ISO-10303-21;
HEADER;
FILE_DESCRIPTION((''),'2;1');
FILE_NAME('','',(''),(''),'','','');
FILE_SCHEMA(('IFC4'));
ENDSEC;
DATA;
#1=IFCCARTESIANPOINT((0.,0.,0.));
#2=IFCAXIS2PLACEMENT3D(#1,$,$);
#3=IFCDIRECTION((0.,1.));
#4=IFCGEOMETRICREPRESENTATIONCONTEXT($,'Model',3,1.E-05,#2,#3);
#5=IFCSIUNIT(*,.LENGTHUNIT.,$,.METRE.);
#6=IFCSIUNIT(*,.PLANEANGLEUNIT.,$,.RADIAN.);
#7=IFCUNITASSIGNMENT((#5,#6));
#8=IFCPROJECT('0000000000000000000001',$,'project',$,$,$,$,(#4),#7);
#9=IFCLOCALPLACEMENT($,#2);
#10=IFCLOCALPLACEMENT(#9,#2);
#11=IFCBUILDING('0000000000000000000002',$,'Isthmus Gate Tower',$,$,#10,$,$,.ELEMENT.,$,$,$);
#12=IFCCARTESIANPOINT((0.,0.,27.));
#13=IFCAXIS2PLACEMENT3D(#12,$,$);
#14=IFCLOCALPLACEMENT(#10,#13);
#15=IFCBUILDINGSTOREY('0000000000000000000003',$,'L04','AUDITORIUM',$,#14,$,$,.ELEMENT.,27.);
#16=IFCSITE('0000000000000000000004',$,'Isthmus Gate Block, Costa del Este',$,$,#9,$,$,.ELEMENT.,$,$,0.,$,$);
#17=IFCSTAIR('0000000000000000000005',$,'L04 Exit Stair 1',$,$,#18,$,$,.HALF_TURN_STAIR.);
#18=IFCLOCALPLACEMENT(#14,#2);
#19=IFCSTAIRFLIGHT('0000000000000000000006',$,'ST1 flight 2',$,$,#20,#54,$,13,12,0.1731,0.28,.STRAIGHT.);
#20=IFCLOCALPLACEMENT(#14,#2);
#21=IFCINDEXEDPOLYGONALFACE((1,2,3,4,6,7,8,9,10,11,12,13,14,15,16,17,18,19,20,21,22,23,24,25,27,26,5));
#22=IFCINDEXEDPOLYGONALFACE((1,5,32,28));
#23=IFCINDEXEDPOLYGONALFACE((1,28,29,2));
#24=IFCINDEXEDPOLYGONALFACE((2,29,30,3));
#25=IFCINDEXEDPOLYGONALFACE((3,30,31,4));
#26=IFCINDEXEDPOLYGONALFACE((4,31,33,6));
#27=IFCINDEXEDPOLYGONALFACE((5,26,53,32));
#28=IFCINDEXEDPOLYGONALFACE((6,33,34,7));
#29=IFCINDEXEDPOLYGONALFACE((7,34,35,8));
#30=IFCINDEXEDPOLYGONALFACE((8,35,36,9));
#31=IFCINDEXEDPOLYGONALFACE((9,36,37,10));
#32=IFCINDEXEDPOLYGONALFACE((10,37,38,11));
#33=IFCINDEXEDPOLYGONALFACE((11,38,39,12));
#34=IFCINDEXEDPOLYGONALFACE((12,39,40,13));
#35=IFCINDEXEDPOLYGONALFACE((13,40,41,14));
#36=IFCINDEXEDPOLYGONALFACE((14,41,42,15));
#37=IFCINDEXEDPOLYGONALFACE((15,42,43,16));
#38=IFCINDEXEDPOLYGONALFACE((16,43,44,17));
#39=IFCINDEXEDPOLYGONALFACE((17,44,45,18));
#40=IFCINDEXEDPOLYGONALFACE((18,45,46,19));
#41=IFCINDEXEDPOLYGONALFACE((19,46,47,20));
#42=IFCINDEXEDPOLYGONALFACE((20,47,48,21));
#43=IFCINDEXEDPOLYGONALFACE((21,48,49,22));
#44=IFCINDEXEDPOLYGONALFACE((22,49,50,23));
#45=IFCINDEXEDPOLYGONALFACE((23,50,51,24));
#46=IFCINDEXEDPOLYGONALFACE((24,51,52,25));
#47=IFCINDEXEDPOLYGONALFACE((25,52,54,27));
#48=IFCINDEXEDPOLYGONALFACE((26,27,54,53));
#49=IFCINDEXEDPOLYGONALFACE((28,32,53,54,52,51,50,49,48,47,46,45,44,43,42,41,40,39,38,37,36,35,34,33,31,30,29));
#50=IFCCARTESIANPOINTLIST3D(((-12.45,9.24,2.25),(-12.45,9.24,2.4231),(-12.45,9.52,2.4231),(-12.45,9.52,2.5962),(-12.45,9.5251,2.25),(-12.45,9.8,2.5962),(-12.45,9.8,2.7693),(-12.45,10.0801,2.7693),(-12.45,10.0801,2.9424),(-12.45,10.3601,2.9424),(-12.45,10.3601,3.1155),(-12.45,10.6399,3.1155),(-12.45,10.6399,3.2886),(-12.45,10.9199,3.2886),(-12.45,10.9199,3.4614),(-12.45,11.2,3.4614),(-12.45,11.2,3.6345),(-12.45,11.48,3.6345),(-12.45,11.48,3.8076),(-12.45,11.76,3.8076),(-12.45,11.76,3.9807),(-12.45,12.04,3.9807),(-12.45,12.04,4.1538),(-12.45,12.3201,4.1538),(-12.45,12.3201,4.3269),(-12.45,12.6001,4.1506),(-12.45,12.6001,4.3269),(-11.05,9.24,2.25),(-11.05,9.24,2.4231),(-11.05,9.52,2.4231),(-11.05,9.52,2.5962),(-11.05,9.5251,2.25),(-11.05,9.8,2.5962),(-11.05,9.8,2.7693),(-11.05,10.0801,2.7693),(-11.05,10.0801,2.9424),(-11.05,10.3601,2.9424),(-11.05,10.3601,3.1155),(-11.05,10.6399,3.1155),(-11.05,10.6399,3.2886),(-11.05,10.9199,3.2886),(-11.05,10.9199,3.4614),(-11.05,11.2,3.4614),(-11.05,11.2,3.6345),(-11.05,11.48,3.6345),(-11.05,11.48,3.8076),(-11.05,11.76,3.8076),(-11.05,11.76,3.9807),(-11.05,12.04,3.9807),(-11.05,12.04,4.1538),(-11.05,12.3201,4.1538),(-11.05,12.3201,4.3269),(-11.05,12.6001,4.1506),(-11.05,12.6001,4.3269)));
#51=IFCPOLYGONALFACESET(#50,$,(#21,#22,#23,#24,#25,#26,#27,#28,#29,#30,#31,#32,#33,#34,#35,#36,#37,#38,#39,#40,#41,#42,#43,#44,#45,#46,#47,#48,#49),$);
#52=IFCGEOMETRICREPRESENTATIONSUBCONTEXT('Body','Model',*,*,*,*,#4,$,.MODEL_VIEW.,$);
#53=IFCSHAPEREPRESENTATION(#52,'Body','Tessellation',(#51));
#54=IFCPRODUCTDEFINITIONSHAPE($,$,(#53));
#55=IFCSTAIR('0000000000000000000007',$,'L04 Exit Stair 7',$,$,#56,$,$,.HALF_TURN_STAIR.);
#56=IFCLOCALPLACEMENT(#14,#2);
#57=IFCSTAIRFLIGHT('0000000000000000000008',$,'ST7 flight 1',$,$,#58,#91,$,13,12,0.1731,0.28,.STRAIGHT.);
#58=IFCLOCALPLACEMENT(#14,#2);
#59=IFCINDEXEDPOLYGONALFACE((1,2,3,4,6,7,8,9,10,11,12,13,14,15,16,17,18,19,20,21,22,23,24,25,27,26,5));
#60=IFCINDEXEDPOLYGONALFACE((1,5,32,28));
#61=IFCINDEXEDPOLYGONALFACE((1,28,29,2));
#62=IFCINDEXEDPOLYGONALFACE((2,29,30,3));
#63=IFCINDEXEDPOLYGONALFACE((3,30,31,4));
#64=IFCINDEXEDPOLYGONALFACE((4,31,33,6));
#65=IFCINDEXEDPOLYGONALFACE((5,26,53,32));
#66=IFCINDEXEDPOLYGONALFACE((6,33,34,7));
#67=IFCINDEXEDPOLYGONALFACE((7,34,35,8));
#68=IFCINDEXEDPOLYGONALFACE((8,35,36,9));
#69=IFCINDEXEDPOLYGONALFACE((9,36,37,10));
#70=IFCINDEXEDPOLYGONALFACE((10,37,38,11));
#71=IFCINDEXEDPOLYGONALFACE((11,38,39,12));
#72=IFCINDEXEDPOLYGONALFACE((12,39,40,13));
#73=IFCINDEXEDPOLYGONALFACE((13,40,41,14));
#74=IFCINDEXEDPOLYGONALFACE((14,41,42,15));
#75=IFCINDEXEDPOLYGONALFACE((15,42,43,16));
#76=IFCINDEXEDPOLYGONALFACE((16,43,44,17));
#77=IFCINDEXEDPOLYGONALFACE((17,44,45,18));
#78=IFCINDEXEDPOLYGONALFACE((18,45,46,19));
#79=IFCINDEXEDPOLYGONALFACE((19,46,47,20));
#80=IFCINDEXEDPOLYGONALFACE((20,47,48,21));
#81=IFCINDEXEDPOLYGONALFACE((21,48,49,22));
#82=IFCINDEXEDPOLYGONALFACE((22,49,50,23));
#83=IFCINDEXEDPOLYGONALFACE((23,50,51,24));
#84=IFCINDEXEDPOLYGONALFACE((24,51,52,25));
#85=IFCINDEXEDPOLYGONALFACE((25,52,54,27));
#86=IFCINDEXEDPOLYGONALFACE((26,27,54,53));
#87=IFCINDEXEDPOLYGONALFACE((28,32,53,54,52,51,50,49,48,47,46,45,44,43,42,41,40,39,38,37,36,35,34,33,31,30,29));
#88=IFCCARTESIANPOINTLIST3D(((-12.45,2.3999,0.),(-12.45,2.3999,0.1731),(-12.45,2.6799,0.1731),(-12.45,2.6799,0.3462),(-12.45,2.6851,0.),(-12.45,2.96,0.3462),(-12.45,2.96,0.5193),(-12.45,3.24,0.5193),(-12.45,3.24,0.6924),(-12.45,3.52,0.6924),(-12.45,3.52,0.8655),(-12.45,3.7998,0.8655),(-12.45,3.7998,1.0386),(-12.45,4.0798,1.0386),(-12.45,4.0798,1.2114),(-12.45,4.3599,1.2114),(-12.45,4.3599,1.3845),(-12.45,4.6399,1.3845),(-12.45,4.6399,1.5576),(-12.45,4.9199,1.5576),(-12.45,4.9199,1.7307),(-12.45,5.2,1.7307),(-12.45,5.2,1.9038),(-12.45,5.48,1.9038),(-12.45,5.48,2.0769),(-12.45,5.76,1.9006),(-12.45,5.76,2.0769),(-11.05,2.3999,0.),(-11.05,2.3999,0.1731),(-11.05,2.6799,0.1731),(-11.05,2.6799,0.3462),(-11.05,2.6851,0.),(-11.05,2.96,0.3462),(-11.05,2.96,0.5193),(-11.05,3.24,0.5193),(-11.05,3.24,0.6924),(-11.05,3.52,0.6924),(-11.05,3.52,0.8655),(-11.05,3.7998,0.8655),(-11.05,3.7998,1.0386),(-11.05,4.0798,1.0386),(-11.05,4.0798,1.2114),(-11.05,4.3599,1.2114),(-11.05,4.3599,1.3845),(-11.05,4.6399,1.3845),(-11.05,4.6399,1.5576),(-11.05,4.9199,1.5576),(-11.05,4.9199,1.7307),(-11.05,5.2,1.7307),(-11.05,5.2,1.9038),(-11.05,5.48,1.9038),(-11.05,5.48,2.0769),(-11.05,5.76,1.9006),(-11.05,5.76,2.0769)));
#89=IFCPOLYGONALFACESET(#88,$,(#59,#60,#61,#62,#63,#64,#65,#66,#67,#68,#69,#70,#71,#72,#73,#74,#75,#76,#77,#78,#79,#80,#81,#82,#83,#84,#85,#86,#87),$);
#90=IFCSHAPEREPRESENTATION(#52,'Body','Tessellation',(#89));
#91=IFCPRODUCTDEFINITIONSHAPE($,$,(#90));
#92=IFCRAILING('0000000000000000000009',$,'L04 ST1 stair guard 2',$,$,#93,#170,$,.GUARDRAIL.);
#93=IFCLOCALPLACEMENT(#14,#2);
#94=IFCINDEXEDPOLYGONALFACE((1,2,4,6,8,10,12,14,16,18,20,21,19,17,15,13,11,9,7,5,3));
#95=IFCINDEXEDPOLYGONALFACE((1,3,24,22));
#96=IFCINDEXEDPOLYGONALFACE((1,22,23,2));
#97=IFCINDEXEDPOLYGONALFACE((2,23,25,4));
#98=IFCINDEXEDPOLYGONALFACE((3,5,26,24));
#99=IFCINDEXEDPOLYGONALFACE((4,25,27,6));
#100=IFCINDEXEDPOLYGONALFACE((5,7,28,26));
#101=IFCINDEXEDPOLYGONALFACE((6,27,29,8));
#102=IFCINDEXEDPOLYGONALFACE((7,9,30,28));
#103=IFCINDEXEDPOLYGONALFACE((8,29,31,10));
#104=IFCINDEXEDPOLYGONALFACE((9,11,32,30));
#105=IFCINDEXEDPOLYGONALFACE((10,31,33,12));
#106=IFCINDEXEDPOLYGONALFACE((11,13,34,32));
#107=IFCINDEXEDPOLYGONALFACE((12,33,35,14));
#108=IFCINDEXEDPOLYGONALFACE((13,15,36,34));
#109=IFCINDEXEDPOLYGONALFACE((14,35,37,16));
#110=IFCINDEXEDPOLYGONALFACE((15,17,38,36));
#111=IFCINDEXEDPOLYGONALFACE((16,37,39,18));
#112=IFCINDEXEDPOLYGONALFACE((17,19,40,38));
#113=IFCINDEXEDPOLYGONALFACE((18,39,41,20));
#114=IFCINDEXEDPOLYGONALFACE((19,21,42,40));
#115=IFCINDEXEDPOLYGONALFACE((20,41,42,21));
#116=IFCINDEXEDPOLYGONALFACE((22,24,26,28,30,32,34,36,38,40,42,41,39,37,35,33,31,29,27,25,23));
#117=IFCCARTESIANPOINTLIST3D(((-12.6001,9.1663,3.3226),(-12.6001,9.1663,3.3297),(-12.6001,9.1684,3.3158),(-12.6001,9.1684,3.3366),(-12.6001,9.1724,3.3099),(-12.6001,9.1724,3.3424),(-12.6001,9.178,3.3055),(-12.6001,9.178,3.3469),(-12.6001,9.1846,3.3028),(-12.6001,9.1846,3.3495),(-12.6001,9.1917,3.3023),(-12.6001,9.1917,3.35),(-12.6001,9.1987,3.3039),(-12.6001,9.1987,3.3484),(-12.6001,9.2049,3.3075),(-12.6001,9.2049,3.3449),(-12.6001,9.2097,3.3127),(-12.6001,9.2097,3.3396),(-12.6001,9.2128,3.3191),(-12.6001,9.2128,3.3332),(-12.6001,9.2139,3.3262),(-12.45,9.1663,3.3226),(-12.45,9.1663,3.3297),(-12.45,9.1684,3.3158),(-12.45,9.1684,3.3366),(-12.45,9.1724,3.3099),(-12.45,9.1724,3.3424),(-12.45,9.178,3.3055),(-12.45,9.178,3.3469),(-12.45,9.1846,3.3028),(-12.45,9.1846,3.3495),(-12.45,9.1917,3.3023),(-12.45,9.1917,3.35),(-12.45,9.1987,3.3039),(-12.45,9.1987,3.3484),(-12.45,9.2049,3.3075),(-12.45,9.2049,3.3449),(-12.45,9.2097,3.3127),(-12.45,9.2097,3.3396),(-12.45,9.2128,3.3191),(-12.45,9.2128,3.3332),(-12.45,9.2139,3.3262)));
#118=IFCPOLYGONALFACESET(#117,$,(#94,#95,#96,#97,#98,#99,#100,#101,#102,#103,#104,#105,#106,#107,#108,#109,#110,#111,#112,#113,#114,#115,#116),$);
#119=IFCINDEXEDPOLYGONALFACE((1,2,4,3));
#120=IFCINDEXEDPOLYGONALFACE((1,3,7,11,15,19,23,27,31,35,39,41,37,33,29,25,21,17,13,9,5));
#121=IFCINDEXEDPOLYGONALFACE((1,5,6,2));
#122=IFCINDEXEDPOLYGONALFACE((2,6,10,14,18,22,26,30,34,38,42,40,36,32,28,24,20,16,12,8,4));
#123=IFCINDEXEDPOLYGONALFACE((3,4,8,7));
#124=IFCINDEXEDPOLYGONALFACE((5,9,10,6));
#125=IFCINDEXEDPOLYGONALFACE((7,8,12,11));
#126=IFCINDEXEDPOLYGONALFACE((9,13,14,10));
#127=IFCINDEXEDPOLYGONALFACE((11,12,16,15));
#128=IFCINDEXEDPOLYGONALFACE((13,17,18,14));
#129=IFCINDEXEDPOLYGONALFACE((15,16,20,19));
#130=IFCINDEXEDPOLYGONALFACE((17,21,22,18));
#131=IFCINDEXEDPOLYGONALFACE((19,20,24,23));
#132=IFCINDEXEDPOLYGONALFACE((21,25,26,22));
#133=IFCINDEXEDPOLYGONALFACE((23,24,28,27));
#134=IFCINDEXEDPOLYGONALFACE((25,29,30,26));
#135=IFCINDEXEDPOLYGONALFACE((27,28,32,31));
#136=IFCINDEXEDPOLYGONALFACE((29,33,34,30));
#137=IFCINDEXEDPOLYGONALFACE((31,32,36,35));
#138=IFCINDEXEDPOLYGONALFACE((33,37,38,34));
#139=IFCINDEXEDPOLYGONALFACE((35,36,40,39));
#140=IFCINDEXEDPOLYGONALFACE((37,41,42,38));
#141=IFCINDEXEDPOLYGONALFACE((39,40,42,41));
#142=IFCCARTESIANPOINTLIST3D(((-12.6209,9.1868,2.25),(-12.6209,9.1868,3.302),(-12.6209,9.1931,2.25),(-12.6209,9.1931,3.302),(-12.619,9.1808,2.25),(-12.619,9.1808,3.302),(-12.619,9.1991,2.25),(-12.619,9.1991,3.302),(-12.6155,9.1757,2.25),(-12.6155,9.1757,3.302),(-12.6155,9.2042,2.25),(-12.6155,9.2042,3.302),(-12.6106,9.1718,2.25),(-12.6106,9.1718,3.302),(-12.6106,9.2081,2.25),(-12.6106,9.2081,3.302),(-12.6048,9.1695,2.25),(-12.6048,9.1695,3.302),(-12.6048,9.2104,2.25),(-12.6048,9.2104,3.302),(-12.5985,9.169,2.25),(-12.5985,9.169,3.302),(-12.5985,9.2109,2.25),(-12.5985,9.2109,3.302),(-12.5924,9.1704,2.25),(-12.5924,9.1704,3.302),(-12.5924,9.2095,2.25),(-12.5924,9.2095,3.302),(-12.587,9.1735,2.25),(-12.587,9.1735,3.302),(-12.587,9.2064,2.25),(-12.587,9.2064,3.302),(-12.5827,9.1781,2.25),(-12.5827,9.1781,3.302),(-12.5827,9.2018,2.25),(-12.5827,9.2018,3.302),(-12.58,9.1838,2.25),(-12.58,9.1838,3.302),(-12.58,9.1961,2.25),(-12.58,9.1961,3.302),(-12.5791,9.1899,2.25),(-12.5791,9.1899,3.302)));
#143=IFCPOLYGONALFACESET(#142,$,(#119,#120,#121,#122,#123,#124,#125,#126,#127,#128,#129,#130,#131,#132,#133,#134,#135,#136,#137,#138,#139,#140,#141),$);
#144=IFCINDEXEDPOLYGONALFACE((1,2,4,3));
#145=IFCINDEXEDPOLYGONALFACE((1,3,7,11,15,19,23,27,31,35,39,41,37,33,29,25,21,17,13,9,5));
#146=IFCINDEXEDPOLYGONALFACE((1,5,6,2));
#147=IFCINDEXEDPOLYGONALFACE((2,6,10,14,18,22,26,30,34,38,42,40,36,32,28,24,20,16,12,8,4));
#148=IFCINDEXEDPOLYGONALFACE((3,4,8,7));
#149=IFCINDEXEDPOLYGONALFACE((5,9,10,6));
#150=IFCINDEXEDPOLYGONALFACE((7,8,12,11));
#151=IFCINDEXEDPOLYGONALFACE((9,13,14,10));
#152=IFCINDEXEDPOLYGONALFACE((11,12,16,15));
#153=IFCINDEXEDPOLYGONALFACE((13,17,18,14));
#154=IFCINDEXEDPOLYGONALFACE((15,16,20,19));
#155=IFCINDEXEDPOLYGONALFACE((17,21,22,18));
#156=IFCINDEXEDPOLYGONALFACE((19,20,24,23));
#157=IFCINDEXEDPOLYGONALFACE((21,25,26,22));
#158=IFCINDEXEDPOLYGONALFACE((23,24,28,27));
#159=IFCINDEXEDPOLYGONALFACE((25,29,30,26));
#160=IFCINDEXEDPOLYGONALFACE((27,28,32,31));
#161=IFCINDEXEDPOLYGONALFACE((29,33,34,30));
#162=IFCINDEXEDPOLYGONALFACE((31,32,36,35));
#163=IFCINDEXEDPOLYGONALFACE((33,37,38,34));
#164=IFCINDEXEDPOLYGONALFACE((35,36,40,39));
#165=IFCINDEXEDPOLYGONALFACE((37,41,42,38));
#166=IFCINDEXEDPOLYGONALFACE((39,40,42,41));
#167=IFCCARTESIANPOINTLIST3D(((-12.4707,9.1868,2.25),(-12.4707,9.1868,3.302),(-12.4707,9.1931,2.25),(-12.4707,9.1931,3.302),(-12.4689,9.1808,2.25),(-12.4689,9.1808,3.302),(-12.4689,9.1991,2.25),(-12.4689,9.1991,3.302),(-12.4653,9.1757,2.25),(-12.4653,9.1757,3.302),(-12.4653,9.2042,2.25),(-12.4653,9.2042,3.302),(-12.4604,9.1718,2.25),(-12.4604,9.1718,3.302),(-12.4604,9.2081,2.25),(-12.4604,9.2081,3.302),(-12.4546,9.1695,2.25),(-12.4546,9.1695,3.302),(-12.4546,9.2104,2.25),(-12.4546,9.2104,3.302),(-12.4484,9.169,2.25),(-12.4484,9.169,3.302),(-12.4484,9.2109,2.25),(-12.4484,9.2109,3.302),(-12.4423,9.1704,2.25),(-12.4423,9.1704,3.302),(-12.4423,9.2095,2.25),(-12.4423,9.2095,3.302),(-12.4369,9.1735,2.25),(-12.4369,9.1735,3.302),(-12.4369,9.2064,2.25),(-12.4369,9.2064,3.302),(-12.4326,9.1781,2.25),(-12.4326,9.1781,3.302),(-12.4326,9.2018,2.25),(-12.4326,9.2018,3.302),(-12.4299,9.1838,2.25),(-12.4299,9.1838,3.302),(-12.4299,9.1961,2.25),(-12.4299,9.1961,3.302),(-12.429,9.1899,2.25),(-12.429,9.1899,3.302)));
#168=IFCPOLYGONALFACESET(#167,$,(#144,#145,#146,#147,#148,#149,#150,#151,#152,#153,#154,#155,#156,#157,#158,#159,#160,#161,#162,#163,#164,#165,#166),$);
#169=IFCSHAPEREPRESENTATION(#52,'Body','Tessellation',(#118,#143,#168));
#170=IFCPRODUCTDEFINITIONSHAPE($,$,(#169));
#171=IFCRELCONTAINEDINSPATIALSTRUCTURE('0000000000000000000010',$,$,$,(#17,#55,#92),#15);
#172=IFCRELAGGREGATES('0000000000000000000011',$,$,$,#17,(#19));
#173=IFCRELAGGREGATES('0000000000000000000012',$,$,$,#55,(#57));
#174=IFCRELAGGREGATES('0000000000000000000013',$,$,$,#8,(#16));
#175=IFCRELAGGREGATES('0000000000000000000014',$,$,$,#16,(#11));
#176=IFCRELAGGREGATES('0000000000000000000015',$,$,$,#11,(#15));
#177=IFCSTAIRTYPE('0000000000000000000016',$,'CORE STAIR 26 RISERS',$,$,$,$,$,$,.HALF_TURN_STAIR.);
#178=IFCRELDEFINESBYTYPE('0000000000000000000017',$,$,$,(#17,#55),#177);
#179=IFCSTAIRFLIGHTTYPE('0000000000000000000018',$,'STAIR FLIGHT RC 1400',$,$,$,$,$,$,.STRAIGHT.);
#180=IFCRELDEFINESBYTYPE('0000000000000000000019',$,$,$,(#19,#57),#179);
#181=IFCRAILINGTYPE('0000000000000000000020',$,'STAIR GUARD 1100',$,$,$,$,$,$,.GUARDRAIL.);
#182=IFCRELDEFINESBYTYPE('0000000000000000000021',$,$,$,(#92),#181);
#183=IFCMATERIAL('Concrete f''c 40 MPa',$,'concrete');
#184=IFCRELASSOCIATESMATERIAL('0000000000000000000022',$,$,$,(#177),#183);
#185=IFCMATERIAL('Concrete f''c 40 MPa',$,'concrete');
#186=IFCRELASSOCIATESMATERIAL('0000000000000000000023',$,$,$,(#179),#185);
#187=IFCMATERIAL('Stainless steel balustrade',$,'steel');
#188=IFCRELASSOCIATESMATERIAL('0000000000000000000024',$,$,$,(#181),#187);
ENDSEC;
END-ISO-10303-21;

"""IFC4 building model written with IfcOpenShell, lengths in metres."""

from ifc_helpers import new_model, si_unit, direction, frame, origin, origin_2d, place, context, subcontext, project, spatial, polyline, circle, outline, extrude, material, type_object, element, aggregate, save


model = new_model("IFC4")

# Units and contexts
model_context = context("Model", 3, precision=1e-05, world=origin(), true_north=direction((0.0, 1.0)))
body_context = subcontext(model_context, "Body", "Model", "MODEL_VIEW")
ifc_project = project(units=[si_unit("LENGTHUNIT", "METRE"), si_unit("PLANEANGLEUNIT", "RADIAN")], contexts=[model_context])

# Site, building, storey
site_placement = place(None, origin())
site = spatial("IfcSite", under=ifc_project, at=site_placement, Name="Isthmus Gate Block, Costa del Este", CompositionType="ELEMENT", RefElevation=0.0)
building_placement = place(site_placement, origin())
building = spatial("IfcBuilding", under=site, at=building_placement, Name="Isthmus Gate Tower", CompositionType="ELEMENT")
storey_placement = place(building_placement, frame((0.0, 0.0, 27.0)))
storey = spatial("IfcBuildingStorey", under=building, at=storey_placement, Name="L04", Description="AUDITORIUM", CompositionType="ELEMENT", Elevation=27.0)

# Stairs, stair flights
ifc_material_1 = material(Name="Concrete f'c 40 MPa", Category="concrete")
stair_type = type_object("IfcStairType", Name="CORE STAIR 26 RISERS", PredefinedType="HALF_TURN_STAIR", material=ifc_material_1)
stair_1_placement = place(storey_placement, origin())
stair_1 = element("IfcStair", 1, at=stair_1_placement, inside=storey, type_object=stair_type, Name="L04 Exit Stair 1", PredefinedType="HALF_TURN_STAIR")
ifc_material_2 = material(Name="Concrete f'c 40 MPa", Category="concrete")
stair_flight_type = type_object("IfcStairFlightType", Name="STAIR FLIGHT RC 1400", PredefinedType="STRAIGHT", material=ifc_material_2)
stair_flight_1_placement = place(storey_placement, frame((-11.75, 9.24, 2.25), z_axis=(0.0, 0.0, 1.0), x_axis=(0.0, 1.0, 0.0)))
stair_flight_1 = element("IfcStairFlight", 2, at=stair_flight_1_placement, type_object=stair_flight_type, Name="ST1 flight 2", NumberOfRisers=13, NumberOfTreads=12, PredefinedType="STRAIGHT", RiserHeight=0.1731, TreadLength=0.28, context=body_context, shape_type="SweptSolid", body=[
    extrude(outline(polyline([(0.0, 0.0), (0.0, 0.1731), (0.28, 0.1731), (0.28, 0.3462), (0.5601, 0.3462), (0.5601, 0.5193), (0.8401, 0.5193), (0.8401, 0.6924), (1.1201, 0.6924), (1.1201, 0.8655), (1.3999, 0.8655), (1.3999, 1.0386), (1.6799, 1.0386), (1.6799, 1.2114), (1.96, 1.2114), (1.96, 1.3845), (2.24, 1.3845), (2.24, 1.5576), (2.52, 1.5576), (2.52, 1.7307), (2.8, 1.7307), (2.8, 1.9038), (3.0801, 1.9038), (3.0801, 2.0769), (3.3601, 2.0769), (3.3601, 2.25), (3.3601, 1.9006), (0.2852, 0.0), (0.0, 0.0)])), frame((0.0, 0.7, 0.0), z_axis=(0.0, -1.0, 0.0), x_axis=(1.0, 0.0, 0.0)), (0.0, 0.0, 1.0), 1.3999),
])
aggregate(stair_1, [stair_flight_1])
stair_2_placement = place(storey_placement, origin())
stair_2 = element("IfcStair", 3, at=stair_2_placement, inside=storey, type_object=stair_type, Name="L04 Exit Stair 7", PredefinedType="HALF_TURN_STAIR")
stair_flight_2_placement = place(storey_placement, frame((-11.75, 2.3999, 0.0), z_axis=(0.0, 0.0, 1.0), x_axis=(0.0, 1.0, 0.0)))
stair_flight_2 = element("IfcStairFlight", 4, at=stair_flight_2_placement, type_object=stair_flight_type, Name="ST7 flight 1", NumberOfRisers=13, NumberOfTreads=12, PredefinedType="STRAIGHT", RiserHeight=0.1731, TreadLength=0.28, context=body_context, shape_type="SweptSolid", body=[
    extrude(outline(polyline([(0.0, 0.0), (0.0, 0.1731), (0.28, 0.1731), (0.28, 0.3462), (0.5601, 0.3462), (0.5601, 0.5193), (0.8401, 0.5193), (0.8401, 0.6924), (1.1201, 0.6924), (1.1201, 0.8655), (1.3999, 0.8655), (1.3999, 1.0386), (1.6799, 1.0386), (1.6799, 1.2114), (1.96, 1.2114), (1.96, 1.3845), (2.24, 1.3845), (2.24, 1.5576), (2.52, 1.5576), (2.52, 1.7307), (2.8, 1.7307), (2.8, 1.9038), (3.0801, 1.9038), (3.0801, 2.0769), (3.3601, 2.0769), (3.3601, 2.25), (3.3601, 1.9006), (0.2852, 0.0), (0.0, 0.0)])), frame((0.0, 0.7, 0.0), z_axis=(0.0, -1.0, 0.0), x_axis=(1.0, 0.0, 0.0)), (0.0, 0.0, 1.0), 1.3999),
])
aggregate(stair_2, [stair_flight_2])

# Railing
ifc_material_3 = material(Name="Stainless steel balustrade", Category="steel")
railing_type_1 = type_object("IfcRailingType", Name="STAIR GUARD 1100", PredefinedType="GUARDRAIL", material=ifc_material_3)
railing_1_placement = place(storey_placement, frame((-12.6001, 9.1899, 2.25)))
element("IfcRailing", 5, at=railing_1_placement, inside=storey, type_object=railing_type_1, Name="L04 ST1 stair guard 2", PredefinedType="GUARDRAIL", context=body_context, shape_type="SweptSolid", body=[
    extrude(circle(Radius=0.0239, at=origin_2d()), frame((0.0, 0.0, 1.0762), z_axis=(1.0, 0.0, 0.0), x_axis=(0.0, 1.0, 0.0)), (0.0, 0.0, 1.0), 0.1501),
    extrude(circle(Radius=0.021, at=origin_2d()), origin(), (0.0, 0.0, 1.0), 1.052),
    extrude(circle(Radius=0.021, at=origin_2d()), frame((0.1501, 0.0, 0.0)), (0.0, 0.0, 1.0), 1.052),
])

save(model, "model.ifc")
